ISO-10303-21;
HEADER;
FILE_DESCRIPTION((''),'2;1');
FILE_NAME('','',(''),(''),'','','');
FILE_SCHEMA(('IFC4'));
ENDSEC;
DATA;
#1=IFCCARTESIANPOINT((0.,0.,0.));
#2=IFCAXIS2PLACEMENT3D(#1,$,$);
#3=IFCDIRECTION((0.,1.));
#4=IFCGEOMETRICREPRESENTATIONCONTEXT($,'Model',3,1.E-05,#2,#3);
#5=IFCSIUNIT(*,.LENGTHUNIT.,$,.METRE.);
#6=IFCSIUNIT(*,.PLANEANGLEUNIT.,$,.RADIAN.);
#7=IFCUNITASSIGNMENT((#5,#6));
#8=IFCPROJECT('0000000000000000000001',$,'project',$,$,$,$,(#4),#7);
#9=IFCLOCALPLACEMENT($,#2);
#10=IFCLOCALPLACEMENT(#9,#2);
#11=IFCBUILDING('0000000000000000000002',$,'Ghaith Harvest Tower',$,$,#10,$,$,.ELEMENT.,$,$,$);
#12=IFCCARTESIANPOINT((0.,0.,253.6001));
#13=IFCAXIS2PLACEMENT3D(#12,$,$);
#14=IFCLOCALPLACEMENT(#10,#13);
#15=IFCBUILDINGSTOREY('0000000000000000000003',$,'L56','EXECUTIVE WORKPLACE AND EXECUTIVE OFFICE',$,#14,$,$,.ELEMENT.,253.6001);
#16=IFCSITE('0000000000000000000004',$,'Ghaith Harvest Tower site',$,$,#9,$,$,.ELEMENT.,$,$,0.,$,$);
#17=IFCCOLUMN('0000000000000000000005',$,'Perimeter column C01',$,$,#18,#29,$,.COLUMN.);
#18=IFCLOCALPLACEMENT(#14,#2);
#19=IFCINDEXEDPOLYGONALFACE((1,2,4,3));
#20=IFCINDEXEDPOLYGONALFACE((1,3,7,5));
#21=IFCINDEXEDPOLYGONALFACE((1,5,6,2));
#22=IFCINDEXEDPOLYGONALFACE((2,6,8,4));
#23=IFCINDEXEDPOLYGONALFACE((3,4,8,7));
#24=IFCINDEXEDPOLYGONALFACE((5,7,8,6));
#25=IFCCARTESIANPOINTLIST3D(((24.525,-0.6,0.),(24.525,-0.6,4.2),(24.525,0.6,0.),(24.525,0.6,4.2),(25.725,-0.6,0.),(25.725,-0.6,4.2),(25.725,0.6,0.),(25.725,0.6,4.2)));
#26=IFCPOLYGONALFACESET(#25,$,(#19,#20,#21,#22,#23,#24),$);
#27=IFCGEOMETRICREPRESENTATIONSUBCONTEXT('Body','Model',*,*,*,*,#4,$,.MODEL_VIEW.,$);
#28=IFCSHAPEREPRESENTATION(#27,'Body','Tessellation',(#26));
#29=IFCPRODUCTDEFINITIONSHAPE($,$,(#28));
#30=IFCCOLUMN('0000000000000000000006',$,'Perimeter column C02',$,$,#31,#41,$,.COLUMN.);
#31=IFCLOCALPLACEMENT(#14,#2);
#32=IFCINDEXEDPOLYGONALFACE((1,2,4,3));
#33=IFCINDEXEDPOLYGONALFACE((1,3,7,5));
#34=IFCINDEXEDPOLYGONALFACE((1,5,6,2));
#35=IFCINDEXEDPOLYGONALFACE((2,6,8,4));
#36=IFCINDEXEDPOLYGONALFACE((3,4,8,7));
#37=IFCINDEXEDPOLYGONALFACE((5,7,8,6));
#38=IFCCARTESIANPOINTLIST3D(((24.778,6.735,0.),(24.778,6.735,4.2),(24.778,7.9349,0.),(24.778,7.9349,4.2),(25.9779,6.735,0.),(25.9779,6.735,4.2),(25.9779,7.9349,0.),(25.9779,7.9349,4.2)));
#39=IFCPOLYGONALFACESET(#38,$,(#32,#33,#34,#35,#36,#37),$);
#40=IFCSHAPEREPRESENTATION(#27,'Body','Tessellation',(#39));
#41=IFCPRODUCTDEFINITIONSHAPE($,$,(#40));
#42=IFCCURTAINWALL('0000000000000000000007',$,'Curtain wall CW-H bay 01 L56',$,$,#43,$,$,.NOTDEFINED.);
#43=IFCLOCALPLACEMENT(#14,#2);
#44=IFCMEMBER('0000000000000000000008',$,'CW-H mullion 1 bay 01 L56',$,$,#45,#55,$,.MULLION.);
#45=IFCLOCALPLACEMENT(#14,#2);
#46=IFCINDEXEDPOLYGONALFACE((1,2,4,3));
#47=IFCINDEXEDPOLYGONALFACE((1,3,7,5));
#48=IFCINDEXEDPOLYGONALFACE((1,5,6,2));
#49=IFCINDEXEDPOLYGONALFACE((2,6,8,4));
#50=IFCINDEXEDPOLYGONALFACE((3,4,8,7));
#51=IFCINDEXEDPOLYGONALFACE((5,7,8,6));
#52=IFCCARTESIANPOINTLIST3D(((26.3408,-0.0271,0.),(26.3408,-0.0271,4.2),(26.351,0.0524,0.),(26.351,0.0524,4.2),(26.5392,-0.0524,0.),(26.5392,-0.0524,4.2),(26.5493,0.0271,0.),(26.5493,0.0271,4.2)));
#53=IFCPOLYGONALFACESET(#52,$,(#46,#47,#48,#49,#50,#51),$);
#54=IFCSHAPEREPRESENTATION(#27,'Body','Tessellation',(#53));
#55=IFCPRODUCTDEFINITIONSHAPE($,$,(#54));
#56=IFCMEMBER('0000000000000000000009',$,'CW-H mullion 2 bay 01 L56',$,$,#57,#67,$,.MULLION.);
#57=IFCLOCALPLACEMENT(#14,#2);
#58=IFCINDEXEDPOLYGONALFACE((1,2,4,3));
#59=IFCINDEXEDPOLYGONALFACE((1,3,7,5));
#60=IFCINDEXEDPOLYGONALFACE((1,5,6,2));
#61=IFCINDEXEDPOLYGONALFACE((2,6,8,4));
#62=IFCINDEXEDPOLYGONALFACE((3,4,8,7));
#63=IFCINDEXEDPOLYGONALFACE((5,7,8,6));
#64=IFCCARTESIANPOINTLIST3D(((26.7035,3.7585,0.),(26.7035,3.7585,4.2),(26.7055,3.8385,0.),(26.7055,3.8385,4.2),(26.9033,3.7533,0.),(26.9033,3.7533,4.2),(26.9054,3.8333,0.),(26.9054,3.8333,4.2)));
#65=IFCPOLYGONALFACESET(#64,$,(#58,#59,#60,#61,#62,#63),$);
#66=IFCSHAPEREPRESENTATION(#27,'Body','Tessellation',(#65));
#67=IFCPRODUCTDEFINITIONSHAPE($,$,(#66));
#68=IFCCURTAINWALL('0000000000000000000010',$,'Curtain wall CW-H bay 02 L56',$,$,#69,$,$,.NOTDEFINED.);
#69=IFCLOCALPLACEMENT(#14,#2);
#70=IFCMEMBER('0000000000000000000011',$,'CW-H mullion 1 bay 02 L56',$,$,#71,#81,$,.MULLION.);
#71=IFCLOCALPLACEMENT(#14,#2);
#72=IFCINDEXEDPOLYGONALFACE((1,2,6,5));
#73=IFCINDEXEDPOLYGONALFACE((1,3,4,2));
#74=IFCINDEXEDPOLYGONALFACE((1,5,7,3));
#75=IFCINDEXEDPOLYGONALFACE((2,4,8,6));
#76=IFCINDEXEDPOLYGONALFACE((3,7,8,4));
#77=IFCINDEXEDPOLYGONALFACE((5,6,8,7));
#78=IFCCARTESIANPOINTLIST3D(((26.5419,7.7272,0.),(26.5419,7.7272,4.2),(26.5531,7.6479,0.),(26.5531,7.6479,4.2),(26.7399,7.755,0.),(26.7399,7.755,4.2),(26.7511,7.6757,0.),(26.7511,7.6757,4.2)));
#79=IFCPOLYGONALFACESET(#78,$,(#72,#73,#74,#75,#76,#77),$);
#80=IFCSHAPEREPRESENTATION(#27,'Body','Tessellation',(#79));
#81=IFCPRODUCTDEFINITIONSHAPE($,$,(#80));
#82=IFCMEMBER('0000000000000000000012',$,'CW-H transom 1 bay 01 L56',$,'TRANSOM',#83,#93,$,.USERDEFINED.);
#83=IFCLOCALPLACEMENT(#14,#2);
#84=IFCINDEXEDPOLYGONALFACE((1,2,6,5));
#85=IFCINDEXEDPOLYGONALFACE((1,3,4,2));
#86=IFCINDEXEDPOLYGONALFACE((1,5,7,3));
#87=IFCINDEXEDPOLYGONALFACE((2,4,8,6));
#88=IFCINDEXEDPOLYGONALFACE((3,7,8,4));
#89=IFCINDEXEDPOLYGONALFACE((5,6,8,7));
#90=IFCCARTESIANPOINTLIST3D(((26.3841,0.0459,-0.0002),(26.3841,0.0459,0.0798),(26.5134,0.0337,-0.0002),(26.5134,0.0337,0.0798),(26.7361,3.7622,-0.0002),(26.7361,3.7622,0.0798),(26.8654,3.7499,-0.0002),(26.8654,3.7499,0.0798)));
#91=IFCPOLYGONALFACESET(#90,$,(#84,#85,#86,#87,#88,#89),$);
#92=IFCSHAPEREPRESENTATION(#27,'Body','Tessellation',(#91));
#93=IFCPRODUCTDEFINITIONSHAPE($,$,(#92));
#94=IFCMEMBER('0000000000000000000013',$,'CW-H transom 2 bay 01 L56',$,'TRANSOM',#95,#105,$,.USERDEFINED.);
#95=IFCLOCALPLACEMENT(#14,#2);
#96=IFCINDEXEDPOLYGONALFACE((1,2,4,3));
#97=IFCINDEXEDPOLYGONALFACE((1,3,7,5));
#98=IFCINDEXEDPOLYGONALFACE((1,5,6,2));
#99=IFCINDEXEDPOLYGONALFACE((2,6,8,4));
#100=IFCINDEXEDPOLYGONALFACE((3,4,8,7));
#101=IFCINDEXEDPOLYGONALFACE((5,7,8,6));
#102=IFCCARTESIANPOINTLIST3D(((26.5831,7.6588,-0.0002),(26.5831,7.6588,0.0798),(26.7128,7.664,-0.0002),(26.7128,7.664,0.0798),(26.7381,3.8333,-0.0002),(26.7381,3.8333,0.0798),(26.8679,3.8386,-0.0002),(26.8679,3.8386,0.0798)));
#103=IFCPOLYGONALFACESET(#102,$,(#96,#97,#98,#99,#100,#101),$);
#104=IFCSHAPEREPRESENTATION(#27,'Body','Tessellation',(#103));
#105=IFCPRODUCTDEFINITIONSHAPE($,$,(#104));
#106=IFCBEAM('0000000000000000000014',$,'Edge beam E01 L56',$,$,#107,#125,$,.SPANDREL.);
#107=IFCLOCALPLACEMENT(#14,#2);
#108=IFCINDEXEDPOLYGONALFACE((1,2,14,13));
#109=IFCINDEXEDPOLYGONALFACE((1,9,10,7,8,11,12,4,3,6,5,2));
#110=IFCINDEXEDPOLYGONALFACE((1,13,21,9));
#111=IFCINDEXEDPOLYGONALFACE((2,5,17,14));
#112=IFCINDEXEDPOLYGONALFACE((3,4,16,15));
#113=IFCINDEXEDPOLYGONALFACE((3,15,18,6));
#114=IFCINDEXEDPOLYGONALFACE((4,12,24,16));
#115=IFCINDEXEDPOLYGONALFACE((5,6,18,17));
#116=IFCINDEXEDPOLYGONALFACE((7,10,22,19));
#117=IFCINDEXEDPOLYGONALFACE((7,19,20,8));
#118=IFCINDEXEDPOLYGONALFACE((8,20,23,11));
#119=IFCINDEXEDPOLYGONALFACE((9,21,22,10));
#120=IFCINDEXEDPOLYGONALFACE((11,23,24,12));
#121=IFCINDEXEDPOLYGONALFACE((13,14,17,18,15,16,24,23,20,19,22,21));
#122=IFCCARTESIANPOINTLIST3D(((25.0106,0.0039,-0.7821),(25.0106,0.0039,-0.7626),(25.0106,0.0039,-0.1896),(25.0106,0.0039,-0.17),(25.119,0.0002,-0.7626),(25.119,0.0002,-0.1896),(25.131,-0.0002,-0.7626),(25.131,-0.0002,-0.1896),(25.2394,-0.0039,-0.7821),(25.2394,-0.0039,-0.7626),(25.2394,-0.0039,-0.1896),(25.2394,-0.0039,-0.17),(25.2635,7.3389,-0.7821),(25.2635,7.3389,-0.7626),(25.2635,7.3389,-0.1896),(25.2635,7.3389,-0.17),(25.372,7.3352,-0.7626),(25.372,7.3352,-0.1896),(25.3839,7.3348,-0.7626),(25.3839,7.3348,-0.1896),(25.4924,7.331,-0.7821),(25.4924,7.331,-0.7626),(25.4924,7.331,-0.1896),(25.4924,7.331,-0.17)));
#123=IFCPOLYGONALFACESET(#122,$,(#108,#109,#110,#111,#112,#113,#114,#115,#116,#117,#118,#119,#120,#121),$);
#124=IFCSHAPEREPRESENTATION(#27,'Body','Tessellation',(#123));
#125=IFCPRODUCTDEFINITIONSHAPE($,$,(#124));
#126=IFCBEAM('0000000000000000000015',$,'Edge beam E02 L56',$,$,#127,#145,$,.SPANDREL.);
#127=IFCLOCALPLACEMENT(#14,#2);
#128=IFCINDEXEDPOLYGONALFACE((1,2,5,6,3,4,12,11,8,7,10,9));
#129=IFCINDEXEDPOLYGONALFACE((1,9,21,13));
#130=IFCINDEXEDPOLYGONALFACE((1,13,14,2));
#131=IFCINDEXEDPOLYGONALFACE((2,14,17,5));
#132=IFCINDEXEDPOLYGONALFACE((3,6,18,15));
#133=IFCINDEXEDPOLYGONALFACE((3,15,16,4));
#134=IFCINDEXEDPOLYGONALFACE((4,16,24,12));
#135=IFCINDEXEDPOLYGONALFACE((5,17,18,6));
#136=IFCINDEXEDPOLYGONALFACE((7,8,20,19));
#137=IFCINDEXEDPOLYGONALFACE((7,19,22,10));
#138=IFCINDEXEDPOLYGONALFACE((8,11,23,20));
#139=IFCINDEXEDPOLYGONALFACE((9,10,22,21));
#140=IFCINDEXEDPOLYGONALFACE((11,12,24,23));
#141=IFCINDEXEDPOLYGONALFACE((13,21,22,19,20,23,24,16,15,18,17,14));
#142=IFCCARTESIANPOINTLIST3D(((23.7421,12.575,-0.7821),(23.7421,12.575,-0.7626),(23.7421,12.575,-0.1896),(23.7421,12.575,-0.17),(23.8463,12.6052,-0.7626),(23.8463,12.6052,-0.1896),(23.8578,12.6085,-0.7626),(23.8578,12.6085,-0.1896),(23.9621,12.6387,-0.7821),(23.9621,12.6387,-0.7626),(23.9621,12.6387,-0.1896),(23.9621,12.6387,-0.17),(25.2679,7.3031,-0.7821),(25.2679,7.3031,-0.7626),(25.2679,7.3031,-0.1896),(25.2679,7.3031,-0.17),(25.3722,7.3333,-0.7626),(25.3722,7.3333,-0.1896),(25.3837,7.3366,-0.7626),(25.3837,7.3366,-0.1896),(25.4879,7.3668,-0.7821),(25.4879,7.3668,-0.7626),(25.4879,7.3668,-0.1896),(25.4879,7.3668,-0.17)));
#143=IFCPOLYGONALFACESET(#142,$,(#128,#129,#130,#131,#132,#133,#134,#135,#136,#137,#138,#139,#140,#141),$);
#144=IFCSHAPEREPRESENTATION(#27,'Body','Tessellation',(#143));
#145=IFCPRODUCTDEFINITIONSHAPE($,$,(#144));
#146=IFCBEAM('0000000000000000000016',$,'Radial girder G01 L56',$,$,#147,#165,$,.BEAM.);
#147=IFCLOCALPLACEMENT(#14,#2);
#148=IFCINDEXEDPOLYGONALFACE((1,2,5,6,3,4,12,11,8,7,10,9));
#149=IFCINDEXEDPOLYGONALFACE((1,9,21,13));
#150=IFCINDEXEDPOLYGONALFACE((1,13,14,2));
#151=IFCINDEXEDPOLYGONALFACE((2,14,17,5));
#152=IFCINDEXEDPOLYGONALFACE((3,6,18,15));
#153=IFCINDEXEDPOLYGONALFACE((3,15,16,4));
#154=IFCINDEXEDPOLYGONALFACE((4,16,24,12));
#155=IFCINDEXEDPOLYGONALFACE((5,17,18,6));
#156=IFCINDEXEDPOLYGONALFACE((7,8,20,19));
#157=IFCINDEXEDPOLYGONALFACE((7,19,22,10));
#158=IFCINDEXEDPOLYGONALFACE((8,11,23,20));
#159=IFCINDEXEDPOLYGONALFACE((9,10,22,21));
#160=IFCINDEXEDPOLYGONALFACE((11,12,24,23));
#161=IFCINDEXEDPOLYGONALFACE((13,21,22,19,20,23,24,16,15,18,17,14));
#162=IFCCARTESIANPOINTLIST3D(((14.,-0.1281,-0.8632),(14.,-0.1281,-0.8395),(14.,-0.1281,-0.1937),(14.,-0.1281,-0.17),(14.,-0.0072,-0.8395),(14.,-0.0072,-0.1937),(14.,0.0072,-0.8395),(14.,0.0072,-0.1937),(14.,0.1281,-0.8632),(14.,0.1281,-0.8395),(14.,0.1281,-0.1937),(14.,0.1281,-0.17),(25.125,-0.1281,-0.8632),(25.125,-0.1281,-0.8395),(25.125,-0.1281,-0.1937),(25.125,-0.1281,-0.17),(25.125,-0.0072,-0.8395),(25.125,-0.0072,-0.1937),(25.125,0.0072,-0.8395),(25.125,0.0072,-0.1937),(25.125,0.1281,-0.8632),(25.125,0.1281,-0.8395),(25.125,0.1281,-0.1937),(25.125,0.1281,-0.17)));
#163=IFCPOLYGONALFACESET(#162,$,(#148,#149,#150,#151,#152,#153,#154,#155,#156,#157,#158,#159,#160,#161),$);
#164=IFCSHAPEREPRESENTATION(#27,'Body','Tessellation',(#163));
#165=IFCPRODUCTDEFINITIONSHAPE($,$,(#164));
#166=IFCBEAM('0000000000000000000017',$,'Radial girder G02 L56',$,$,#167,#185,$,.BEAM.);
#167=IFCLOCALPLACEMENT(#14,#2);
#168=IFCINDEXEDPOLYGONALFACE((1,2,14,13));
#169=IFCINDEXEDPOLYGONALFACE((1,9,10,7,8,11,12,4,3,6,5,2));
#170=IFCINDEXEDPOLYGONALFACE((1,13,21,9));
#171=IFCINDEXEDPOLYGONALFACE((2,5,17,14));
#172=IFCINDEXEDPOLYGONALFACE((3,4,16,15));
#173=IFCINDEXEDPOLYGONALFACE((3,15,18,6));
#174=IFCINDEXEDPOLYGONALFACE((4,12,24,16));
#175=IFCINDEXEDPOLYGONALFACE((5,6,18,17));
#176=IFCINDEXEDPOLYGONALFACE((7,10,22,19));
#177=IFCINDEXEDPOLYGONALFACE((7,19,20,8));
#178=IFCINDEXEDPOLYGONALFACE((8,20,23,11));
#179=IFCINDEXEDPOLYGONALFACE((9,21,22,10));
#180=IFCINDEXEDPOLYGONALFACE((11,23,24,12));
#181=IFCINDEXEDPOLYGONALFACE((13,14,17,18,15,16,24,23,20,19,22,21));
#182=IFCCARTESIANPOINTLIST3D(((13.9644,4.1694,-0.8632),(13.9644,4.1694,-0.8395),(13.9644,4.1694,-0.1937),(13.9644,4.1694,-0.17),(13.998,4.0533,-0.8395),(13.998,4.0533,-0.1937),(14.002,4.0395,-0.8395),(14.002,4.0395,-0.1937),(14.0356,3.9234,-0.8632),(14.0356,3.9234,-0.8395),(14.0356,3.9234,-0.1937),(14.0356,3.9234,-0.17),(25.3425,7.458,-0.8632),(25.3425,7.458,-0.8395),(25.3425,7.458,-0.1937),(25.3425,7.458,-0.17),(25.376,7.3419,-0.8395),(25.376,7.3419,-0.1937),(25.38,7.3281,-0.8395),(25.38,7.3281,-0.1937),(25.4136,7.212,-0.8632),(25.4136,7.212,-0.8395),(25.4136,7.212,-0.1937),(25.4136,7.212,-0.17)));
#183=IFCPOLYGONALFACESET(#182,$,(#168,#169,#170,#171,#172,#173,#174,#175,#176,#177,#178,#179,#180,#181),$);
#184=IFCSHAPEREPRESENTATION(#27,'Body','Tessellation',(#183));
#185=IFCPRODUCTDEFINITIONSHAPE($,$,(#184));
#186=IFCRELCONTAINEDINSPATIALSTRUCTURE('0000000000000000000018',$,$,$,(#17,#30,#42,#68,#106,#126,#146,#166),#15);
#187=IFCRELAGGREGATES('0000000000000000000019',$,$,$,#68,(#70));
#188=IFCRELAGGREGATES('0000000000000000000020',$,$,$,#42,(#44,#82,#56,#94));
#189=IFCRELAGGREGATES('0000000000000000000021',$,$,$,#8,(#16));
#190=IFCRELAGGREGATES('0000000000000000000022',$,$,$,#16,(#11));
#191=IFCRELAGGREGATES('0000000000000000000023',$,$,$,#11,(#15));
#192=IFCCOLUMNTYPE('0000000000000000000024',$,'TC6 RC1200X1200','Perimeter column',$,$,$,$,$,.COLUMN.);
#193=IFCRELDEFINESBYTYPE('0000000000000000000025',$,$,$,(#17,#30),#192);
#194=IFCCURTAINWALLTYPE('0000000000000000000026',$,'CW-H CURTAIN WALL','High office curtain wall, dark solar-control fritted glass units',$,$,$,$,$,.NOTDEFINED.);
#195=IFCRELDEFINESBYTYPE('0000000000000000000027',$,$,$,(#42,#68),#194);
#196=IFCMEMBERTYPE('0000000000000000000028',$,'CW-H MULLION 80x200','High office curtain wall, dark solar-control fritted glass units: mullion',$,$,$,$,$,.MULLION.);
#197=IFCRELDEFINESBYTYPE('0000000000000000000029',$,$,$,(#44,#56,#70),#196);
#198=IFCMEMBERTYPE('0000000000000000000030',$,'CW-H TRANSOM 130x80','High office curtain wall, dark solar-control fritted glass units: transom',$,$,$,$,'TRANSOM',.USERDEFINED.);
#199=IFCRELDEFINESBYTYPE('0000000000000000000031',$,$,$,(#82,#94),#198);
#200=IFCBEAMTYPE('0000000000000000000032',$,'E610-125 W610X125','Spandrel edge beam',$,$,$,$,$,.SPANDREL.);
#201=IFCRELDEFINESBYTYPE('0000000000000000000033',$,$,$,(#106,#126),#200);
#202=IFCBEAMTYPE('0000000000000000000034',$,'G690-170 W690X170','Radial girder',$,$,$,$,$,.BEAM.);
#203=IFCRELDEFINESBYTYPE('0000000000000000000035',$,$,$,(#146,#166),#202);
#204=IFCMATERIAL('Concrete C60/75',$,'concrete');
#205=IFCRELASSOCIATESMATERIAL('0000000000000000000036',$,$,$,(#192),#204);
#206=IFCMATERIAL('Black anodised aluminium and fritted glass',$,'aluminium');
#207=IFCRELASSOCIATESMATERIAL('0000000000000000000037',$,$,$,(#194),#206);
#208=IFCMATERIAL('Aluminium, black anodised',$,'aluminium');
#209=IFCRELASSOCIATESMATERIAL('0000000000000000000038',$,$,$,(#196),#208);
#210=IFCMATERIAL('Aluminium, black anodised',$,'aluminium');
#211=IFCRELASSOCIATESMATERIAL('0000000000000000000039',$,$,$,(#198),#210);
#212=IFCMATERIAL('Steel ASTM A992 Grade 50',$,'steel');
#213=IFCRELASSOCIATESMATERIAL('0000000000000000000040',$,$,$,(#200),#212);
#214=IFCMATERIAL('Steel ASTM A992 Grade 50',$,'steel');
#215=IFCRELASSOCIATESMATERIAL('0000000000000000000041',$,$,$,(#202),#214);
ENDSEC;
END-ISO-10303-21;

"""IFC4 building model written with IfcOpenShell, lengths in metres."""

from ifc_helpers import new_model, si_unit, direction, frame, origin, origin_2d, place, context, subcontext, project, spatial, rectangle, i_section, extrude, material, material_profile, profile_set, type_object, element, aggregate, save


model = new_model("IFC4")

# Units and contexts
model_context = context("Model", 3, precision=1e-05, world=origin(), true_north=direction((0.0, 1.0)))
body_context = subcontext(model_context, "Body", "Model", "MODEL_VIEW")
ifc_project = project(units=[si_unit("LENGTHUNIT", "METRE"), si_unit("PLANEANGLEUNIT", "RADIAN")], contexts=[model_context])

# Site, building, storey
site_placement = place(None, origin())
site = spatial("IfcSite", under=ifc_project, at=site_placement, Name="Ghaith Harvest Tower site", CompositionType="ELEMENT", RefElevation=0.0)
building_placement = place(site_placement, origin())
building = spatial("IfcBuilding", under=site, at=building_placement, Name="Ghaith Harvest Tower", CompositionType="ELEMENT")
storey_placement = place(building_placement, frame((0.0, 0.0, 253.6001)))
storey = spatial("IfcBuildingStorey", under=building, at=storey_placement, Name="L56", Description="EXECUTIVE WORKPLACE AND EXECUTIVE OFFICE", CompositionType="ELEMENT", Elevation=253.6001)

# Columns
ifc_material_1 = material(Name="Concrete C60/75", Category="concrete")
ifc_material_profile_1 = material_profile(ifc_material_1, rectangle(XDim=1.2, YDim=1.2, at=origin_2d()), Name="RC1200X1200")
ifc_profile_set_1 = profile_set([ifc_material_profile_1], Name="Concrete C60/75")
column_type = type_object("IfcColumnType", Name="TC6 RC1200X1200", Description="Perimeter column", PredefinedType="COLUMN", material=ifc_profile_set_1)
for number, where, z_axis, x_axis, name in (
    (1, (25.125, 0.0, 0.0), (0.0, 0.0, 1.0), (1.0, 0.0, 0.0), "Perimeter column C01"),
    (2, (25.3779, 7.335, 0.0), (0.0, 0.0, 1.0), (1.0, 0.0, 0.0), "Perimeter column C02"),
):
    element("IfcColumn", number, at=place(storey_placement, frame(where, z_axis=z_axis, x_axis=x_axis)), inside=storey, type_object=column_type, Name=name, PredefinedType="COLUMN", context=body_context, shape_type="SweptSolid", body=[
        extrude(rectangle(XDim=1.2, YDim=1.2, at=origin_2d()), origin(), (0.0, 0.0, 1.0), 4.2),
    ])

# Curtain wall, members
ifc_material_2 = material(Name="Black anodised aluminium and fritted glass", Category="aluminium")
curtain_wall_type = type_object("IfcCurtainWallType", Name="CW-H CURTAIN WALL", Description="High office curtain wall, dark solar-control fritted glass units", PredefinedType="NOTDEFINED", material=ifc_material_2)
curtain_wall_1_placement = place(storey_placement, origin())
curtain_wall_1 = element("IfcCurtainWall", 3, at=curtain_wall_1_placement, inside=storey, type_object=curtain_wall_type, Name="Curtain wall CW-H bay 01 L56", PredefinedType="NOTDEFINED")
ifc_material_3 = material(Name="Aluminium, black anodised", Category="aluminium")
ifc_material_profile_2 = material_profile(ifc_material_3, rectangle(XDim=0.0801, YDim=0.2, at=origin_2d()), Name="CW-H MULLION 80x200")
ifc_profile_set_2 = profile_set([ifc_material_profile_2], Name="Aluminium, black anodised")
member_type_1 = type_object("IfcMemberType", Name="CW-H MULLION 80x200", Description="High office curtain wall, dark solar-control fritted glass units: mullion", PredefinedType="MULLION", material=ifc_profile_set_2)
member_1_placement = place(storey_placement, frame((26.4451, 0.0, 0.0), z_axis=(0.0, 0.0, 1.0), x_axis=(0.126568, 0.991958, 0.0)))
member_1 = element("IfcMember", 4, at=member_1_placement, type_object=member_type_1, Name="CW-H mullion 1 bay 01 L56", PredefinedType="MULLION", context=body_context, shape_type="SweptSolid", body=[
    extrude(rectangle(XDim=0.0801, YDim=0.2, at=origin_2d()), origin(), (0.0, 0.0, 1.0), 4.2),
])
member_2_placement = place(storey_placement, frame((26.8044, 3.7959, 0.0), z_axis=(0.0, 0.0, 1.0), x_axis=(0.026143, 0.999658, 0.0)))
member_2 = element("IfcMember", 5, at=member_2_placement, type_object=member_type_1, Name="CW-H mullion 2 bay 01 L56", PredefinedType="MULLION", context=body_context, shape_type="SweptSolid", body=[
    extrude(rectangle(XDim=0.0801, YDim=0.2, at=origin_2d()), origin(), (0.0, 0.0, 1.0), 4.2),
])

# Curtain wall, member
curtain_wall_2_placement = place(storey_placement, origin())
curtain_wall_2 = element("IfcCurtainWall", 6, at=curtain_wall_2_placement, inside=storey, type_object=curtain_wall_type, Name="Curtain wall CW-H bay 02 L56", PredefinedType="NOTDEFINED")
member_3_placement = place(storey_placement, frame((26.6465, 7.7014, 0.0), z_axis=(0.0, 0.0, 1.0), x_axis=(-0.139146, 0.990272, 0.0)))
member_3 = element("IfcMember", 7, at=member_3_placement, type_object=member_type_1, Name="CW-H mullion 1 bay 02 L56", PredefinedType="MULLION", context=body_context, shape_type="SweptSolid", body=[
    extrude(rectangle(XDim=0.0801, YDim=0.2, at=origin_2d()), origin(), (0.0, 0.0, 1.0), 4.2),
])
aggregate(curtain_wall_2, [member_3])

# Members
ifc_material_4 = material(Name="Aluminium, black anodised", Category="aluminium")
ifc_material_profile_3 = material_profile(ifc_material_4, rectangle(XDim=0.1299, YDim=0.0801, at=origin_2d()), Name="CW-H TRANSOM 130x80")
ifc_profile_set_3 = profile_set([ifc_material_profile_3], Name="Aluminium, black anodised")
member_type_2 = type_object("IfcMemberType", Name="CW-H TRANSOM 130x80", Description="High office curtain wall, dark solar-control fritted glass units: transom", ElementType="TRANSOM", PredefinedType="USERDEFINED", material=ifc_profile_set_3)
member_4_placement = place(storey_placement, frame((26.4487, 0.0398, 0.0398), z_axis=(0.094309, 0.995543, 0.0), x_axis=(-0.995543, 0.094309, 0.0)))
member_4 = element("IfcMember", 8, at=member_4_placement, type_object=member_type_2, Name="CW-H transom 1 bay 01 L56", ObjectType="TRANSOM", PredefinedType="USERDEFINED", context=body_context, shape_type="SweptSolid", body=[
    extrude(rectangle(XDim=0.1299, YDim=0.0801, at=origin_2d()), origin(), (0.0, 0.0, 1.0), 3.7329),
])
member_5_placement = place(storey_placement, frame((26.803, 3.8359, 0.0398), z_axis=(-0.040493, 0.99918, 0.0), x_axis=(-0.99918, -0.040493, 0.0)))
member_5 = element("IfcMember", 9, at=member_5_placement, type_object=member_type_2, Name="CW-H transom 2 bay 01 L56", ObjectType="TRANSOM", PredefinedType="USERDEFINED", context=body_context, shape_type="SweptSolid", body=[
    extrude(rectangle(XDim=0.1299, YDim=0.0801, at=origin_2d()), origin(), (0.0, 0.0, 1.0), 3.8286),
])

# Beams
ifc_material_5 = material(Name="Steel ASTM A992 Grade 50", Category="steel")
ifc_material_profile_4 = material_profile(ifc_material_5, i_section(OverallWidth=0.229, OverallDepth=0.6121, WebThickness=0.012, FlangeThickness=0.0195, at=origin_2d()), Name="W610X125")
ifc_profile_set_4 = profile_set([ifc_material_profile_4], Name="Steel ASTM A992 Grade 50")
beam_type_1 = type_object("IfcBeamType", Name="E610-125 W610X125", Description="Spandrel edge beam", PredefinedType="SPANDREL", material=ifc_profile_set_4)
beam_1_placement = place(storey_placement, frame((25.125, 0.0, -0.4761), z_axis=(0.034462, 0.999406, 0.0), x_axis=(-0.999406, 0.034462, 0.0)))
element("IfcBeam", 10, at=beam_1_placement, inside=storey, type_object=beam_type_1, Name="Edge beam E01 L56", PredefinedType="SPANDREL", context=body_context, shape_type="SweptSolid", body=[
    extrude(i_section(OverallWidth=0.229, OverallDepth=0.6121, WebThickness=0.012, FlangeThickness=0.0195, at=origin_2d()), origin(), (0.0, 0.0, 1.0), 7.3394),
])
beam_2_placement = place(storey_placement, frame((25.3779, 7.335, -0.4761), z_axis=(-0.278021, 0.960575, 0.0), x_axis=(-0.960575, -0.278021, 0.0)))
element("IfcBeam", 11, at=beam_2_placement, inside=storey, type_object=beam_type_1, Name="Edge beam E02 L56", PredefinedType="SPANDREL", context=body_context, shape_type="SweptSolid", body=[
    extrude(i_section(OverallWidth=0.229, OverallDepth=0.6121, WebThickness=0.012, FlangeThickness=0.0195, at=origin_2d()), origin(), (0.0, 0.0, 1.0), 5.4883),
])
ifc_material_6 = material(Name="Steel ASTM A992 Grade 50", Category="steel")
ifc_material_profile_5 = material_profile(ifc_material_6, i_section(OverallWidth=0.2561, OverallDepth=0.6931, WebThickness=0.0144, FlangeThickness=0.0237, at=origin_2d()), Name="W690X170")
ifc_profile_set_5 = profile_set([ifc_material_profile_5], Name="Steel ASTM A992 Grade 50")
beam_type_2 = type_object("IfcBeamType", Name="G690-170 W690X170", Description="Radial girder", PredefinedType="BEAM", material=ifc_profile_set_5)
beam_3_placement = place(storey_placement, frame((14.0, 0.0, -0.5166), z_axis=(1.0, 0.0, 0.0), x_axis=(0.0, 1.0, 0.0)))
element("IfcBeam", 12, at=beam_3_placement, inside=storey, type_object=beam_type_2, Name="Radial girder G01 L56", PredefinedType="BEAM", context=body_context, shape_type="SweptSolid", body=[
    extrude(i_section(OverallWidth=0.2561, OverallDepth=0.6931, WebThickness=0.0144, FlangeThickness=0.0237, at=origin_2d()), origin(), (0.0, 0.0, 1.0), 11.125),
])
beam_4_placement = place(storey_placement, frame((14.0, 4.0464, -0.5166), z_axis=(0.960678, 0.277666, 0.0), x_axis=(-0.277666, 0.960678, 0.0)))
element("IfcBeam", 13, at=beam_4_placement, inside=storey, type_object=beam_type_2, Name="Radial girder G02 L56", PredefinedType="BEAM", context=body_context, shape_type="SweptSolid", body=[
    extrude(i_section(OverallWidth=0.2561, OverallDepth=0.6931, WebThickness=0.0144, FlangeThickness=0.0237, at=origin_2d()), origin(), (0.0, 0.0, 1.0), 11.8438),
])

aggregate(curtain_wall_1, [member_1, member_4, member_2, member_5])

save(model, "model.ifc")
